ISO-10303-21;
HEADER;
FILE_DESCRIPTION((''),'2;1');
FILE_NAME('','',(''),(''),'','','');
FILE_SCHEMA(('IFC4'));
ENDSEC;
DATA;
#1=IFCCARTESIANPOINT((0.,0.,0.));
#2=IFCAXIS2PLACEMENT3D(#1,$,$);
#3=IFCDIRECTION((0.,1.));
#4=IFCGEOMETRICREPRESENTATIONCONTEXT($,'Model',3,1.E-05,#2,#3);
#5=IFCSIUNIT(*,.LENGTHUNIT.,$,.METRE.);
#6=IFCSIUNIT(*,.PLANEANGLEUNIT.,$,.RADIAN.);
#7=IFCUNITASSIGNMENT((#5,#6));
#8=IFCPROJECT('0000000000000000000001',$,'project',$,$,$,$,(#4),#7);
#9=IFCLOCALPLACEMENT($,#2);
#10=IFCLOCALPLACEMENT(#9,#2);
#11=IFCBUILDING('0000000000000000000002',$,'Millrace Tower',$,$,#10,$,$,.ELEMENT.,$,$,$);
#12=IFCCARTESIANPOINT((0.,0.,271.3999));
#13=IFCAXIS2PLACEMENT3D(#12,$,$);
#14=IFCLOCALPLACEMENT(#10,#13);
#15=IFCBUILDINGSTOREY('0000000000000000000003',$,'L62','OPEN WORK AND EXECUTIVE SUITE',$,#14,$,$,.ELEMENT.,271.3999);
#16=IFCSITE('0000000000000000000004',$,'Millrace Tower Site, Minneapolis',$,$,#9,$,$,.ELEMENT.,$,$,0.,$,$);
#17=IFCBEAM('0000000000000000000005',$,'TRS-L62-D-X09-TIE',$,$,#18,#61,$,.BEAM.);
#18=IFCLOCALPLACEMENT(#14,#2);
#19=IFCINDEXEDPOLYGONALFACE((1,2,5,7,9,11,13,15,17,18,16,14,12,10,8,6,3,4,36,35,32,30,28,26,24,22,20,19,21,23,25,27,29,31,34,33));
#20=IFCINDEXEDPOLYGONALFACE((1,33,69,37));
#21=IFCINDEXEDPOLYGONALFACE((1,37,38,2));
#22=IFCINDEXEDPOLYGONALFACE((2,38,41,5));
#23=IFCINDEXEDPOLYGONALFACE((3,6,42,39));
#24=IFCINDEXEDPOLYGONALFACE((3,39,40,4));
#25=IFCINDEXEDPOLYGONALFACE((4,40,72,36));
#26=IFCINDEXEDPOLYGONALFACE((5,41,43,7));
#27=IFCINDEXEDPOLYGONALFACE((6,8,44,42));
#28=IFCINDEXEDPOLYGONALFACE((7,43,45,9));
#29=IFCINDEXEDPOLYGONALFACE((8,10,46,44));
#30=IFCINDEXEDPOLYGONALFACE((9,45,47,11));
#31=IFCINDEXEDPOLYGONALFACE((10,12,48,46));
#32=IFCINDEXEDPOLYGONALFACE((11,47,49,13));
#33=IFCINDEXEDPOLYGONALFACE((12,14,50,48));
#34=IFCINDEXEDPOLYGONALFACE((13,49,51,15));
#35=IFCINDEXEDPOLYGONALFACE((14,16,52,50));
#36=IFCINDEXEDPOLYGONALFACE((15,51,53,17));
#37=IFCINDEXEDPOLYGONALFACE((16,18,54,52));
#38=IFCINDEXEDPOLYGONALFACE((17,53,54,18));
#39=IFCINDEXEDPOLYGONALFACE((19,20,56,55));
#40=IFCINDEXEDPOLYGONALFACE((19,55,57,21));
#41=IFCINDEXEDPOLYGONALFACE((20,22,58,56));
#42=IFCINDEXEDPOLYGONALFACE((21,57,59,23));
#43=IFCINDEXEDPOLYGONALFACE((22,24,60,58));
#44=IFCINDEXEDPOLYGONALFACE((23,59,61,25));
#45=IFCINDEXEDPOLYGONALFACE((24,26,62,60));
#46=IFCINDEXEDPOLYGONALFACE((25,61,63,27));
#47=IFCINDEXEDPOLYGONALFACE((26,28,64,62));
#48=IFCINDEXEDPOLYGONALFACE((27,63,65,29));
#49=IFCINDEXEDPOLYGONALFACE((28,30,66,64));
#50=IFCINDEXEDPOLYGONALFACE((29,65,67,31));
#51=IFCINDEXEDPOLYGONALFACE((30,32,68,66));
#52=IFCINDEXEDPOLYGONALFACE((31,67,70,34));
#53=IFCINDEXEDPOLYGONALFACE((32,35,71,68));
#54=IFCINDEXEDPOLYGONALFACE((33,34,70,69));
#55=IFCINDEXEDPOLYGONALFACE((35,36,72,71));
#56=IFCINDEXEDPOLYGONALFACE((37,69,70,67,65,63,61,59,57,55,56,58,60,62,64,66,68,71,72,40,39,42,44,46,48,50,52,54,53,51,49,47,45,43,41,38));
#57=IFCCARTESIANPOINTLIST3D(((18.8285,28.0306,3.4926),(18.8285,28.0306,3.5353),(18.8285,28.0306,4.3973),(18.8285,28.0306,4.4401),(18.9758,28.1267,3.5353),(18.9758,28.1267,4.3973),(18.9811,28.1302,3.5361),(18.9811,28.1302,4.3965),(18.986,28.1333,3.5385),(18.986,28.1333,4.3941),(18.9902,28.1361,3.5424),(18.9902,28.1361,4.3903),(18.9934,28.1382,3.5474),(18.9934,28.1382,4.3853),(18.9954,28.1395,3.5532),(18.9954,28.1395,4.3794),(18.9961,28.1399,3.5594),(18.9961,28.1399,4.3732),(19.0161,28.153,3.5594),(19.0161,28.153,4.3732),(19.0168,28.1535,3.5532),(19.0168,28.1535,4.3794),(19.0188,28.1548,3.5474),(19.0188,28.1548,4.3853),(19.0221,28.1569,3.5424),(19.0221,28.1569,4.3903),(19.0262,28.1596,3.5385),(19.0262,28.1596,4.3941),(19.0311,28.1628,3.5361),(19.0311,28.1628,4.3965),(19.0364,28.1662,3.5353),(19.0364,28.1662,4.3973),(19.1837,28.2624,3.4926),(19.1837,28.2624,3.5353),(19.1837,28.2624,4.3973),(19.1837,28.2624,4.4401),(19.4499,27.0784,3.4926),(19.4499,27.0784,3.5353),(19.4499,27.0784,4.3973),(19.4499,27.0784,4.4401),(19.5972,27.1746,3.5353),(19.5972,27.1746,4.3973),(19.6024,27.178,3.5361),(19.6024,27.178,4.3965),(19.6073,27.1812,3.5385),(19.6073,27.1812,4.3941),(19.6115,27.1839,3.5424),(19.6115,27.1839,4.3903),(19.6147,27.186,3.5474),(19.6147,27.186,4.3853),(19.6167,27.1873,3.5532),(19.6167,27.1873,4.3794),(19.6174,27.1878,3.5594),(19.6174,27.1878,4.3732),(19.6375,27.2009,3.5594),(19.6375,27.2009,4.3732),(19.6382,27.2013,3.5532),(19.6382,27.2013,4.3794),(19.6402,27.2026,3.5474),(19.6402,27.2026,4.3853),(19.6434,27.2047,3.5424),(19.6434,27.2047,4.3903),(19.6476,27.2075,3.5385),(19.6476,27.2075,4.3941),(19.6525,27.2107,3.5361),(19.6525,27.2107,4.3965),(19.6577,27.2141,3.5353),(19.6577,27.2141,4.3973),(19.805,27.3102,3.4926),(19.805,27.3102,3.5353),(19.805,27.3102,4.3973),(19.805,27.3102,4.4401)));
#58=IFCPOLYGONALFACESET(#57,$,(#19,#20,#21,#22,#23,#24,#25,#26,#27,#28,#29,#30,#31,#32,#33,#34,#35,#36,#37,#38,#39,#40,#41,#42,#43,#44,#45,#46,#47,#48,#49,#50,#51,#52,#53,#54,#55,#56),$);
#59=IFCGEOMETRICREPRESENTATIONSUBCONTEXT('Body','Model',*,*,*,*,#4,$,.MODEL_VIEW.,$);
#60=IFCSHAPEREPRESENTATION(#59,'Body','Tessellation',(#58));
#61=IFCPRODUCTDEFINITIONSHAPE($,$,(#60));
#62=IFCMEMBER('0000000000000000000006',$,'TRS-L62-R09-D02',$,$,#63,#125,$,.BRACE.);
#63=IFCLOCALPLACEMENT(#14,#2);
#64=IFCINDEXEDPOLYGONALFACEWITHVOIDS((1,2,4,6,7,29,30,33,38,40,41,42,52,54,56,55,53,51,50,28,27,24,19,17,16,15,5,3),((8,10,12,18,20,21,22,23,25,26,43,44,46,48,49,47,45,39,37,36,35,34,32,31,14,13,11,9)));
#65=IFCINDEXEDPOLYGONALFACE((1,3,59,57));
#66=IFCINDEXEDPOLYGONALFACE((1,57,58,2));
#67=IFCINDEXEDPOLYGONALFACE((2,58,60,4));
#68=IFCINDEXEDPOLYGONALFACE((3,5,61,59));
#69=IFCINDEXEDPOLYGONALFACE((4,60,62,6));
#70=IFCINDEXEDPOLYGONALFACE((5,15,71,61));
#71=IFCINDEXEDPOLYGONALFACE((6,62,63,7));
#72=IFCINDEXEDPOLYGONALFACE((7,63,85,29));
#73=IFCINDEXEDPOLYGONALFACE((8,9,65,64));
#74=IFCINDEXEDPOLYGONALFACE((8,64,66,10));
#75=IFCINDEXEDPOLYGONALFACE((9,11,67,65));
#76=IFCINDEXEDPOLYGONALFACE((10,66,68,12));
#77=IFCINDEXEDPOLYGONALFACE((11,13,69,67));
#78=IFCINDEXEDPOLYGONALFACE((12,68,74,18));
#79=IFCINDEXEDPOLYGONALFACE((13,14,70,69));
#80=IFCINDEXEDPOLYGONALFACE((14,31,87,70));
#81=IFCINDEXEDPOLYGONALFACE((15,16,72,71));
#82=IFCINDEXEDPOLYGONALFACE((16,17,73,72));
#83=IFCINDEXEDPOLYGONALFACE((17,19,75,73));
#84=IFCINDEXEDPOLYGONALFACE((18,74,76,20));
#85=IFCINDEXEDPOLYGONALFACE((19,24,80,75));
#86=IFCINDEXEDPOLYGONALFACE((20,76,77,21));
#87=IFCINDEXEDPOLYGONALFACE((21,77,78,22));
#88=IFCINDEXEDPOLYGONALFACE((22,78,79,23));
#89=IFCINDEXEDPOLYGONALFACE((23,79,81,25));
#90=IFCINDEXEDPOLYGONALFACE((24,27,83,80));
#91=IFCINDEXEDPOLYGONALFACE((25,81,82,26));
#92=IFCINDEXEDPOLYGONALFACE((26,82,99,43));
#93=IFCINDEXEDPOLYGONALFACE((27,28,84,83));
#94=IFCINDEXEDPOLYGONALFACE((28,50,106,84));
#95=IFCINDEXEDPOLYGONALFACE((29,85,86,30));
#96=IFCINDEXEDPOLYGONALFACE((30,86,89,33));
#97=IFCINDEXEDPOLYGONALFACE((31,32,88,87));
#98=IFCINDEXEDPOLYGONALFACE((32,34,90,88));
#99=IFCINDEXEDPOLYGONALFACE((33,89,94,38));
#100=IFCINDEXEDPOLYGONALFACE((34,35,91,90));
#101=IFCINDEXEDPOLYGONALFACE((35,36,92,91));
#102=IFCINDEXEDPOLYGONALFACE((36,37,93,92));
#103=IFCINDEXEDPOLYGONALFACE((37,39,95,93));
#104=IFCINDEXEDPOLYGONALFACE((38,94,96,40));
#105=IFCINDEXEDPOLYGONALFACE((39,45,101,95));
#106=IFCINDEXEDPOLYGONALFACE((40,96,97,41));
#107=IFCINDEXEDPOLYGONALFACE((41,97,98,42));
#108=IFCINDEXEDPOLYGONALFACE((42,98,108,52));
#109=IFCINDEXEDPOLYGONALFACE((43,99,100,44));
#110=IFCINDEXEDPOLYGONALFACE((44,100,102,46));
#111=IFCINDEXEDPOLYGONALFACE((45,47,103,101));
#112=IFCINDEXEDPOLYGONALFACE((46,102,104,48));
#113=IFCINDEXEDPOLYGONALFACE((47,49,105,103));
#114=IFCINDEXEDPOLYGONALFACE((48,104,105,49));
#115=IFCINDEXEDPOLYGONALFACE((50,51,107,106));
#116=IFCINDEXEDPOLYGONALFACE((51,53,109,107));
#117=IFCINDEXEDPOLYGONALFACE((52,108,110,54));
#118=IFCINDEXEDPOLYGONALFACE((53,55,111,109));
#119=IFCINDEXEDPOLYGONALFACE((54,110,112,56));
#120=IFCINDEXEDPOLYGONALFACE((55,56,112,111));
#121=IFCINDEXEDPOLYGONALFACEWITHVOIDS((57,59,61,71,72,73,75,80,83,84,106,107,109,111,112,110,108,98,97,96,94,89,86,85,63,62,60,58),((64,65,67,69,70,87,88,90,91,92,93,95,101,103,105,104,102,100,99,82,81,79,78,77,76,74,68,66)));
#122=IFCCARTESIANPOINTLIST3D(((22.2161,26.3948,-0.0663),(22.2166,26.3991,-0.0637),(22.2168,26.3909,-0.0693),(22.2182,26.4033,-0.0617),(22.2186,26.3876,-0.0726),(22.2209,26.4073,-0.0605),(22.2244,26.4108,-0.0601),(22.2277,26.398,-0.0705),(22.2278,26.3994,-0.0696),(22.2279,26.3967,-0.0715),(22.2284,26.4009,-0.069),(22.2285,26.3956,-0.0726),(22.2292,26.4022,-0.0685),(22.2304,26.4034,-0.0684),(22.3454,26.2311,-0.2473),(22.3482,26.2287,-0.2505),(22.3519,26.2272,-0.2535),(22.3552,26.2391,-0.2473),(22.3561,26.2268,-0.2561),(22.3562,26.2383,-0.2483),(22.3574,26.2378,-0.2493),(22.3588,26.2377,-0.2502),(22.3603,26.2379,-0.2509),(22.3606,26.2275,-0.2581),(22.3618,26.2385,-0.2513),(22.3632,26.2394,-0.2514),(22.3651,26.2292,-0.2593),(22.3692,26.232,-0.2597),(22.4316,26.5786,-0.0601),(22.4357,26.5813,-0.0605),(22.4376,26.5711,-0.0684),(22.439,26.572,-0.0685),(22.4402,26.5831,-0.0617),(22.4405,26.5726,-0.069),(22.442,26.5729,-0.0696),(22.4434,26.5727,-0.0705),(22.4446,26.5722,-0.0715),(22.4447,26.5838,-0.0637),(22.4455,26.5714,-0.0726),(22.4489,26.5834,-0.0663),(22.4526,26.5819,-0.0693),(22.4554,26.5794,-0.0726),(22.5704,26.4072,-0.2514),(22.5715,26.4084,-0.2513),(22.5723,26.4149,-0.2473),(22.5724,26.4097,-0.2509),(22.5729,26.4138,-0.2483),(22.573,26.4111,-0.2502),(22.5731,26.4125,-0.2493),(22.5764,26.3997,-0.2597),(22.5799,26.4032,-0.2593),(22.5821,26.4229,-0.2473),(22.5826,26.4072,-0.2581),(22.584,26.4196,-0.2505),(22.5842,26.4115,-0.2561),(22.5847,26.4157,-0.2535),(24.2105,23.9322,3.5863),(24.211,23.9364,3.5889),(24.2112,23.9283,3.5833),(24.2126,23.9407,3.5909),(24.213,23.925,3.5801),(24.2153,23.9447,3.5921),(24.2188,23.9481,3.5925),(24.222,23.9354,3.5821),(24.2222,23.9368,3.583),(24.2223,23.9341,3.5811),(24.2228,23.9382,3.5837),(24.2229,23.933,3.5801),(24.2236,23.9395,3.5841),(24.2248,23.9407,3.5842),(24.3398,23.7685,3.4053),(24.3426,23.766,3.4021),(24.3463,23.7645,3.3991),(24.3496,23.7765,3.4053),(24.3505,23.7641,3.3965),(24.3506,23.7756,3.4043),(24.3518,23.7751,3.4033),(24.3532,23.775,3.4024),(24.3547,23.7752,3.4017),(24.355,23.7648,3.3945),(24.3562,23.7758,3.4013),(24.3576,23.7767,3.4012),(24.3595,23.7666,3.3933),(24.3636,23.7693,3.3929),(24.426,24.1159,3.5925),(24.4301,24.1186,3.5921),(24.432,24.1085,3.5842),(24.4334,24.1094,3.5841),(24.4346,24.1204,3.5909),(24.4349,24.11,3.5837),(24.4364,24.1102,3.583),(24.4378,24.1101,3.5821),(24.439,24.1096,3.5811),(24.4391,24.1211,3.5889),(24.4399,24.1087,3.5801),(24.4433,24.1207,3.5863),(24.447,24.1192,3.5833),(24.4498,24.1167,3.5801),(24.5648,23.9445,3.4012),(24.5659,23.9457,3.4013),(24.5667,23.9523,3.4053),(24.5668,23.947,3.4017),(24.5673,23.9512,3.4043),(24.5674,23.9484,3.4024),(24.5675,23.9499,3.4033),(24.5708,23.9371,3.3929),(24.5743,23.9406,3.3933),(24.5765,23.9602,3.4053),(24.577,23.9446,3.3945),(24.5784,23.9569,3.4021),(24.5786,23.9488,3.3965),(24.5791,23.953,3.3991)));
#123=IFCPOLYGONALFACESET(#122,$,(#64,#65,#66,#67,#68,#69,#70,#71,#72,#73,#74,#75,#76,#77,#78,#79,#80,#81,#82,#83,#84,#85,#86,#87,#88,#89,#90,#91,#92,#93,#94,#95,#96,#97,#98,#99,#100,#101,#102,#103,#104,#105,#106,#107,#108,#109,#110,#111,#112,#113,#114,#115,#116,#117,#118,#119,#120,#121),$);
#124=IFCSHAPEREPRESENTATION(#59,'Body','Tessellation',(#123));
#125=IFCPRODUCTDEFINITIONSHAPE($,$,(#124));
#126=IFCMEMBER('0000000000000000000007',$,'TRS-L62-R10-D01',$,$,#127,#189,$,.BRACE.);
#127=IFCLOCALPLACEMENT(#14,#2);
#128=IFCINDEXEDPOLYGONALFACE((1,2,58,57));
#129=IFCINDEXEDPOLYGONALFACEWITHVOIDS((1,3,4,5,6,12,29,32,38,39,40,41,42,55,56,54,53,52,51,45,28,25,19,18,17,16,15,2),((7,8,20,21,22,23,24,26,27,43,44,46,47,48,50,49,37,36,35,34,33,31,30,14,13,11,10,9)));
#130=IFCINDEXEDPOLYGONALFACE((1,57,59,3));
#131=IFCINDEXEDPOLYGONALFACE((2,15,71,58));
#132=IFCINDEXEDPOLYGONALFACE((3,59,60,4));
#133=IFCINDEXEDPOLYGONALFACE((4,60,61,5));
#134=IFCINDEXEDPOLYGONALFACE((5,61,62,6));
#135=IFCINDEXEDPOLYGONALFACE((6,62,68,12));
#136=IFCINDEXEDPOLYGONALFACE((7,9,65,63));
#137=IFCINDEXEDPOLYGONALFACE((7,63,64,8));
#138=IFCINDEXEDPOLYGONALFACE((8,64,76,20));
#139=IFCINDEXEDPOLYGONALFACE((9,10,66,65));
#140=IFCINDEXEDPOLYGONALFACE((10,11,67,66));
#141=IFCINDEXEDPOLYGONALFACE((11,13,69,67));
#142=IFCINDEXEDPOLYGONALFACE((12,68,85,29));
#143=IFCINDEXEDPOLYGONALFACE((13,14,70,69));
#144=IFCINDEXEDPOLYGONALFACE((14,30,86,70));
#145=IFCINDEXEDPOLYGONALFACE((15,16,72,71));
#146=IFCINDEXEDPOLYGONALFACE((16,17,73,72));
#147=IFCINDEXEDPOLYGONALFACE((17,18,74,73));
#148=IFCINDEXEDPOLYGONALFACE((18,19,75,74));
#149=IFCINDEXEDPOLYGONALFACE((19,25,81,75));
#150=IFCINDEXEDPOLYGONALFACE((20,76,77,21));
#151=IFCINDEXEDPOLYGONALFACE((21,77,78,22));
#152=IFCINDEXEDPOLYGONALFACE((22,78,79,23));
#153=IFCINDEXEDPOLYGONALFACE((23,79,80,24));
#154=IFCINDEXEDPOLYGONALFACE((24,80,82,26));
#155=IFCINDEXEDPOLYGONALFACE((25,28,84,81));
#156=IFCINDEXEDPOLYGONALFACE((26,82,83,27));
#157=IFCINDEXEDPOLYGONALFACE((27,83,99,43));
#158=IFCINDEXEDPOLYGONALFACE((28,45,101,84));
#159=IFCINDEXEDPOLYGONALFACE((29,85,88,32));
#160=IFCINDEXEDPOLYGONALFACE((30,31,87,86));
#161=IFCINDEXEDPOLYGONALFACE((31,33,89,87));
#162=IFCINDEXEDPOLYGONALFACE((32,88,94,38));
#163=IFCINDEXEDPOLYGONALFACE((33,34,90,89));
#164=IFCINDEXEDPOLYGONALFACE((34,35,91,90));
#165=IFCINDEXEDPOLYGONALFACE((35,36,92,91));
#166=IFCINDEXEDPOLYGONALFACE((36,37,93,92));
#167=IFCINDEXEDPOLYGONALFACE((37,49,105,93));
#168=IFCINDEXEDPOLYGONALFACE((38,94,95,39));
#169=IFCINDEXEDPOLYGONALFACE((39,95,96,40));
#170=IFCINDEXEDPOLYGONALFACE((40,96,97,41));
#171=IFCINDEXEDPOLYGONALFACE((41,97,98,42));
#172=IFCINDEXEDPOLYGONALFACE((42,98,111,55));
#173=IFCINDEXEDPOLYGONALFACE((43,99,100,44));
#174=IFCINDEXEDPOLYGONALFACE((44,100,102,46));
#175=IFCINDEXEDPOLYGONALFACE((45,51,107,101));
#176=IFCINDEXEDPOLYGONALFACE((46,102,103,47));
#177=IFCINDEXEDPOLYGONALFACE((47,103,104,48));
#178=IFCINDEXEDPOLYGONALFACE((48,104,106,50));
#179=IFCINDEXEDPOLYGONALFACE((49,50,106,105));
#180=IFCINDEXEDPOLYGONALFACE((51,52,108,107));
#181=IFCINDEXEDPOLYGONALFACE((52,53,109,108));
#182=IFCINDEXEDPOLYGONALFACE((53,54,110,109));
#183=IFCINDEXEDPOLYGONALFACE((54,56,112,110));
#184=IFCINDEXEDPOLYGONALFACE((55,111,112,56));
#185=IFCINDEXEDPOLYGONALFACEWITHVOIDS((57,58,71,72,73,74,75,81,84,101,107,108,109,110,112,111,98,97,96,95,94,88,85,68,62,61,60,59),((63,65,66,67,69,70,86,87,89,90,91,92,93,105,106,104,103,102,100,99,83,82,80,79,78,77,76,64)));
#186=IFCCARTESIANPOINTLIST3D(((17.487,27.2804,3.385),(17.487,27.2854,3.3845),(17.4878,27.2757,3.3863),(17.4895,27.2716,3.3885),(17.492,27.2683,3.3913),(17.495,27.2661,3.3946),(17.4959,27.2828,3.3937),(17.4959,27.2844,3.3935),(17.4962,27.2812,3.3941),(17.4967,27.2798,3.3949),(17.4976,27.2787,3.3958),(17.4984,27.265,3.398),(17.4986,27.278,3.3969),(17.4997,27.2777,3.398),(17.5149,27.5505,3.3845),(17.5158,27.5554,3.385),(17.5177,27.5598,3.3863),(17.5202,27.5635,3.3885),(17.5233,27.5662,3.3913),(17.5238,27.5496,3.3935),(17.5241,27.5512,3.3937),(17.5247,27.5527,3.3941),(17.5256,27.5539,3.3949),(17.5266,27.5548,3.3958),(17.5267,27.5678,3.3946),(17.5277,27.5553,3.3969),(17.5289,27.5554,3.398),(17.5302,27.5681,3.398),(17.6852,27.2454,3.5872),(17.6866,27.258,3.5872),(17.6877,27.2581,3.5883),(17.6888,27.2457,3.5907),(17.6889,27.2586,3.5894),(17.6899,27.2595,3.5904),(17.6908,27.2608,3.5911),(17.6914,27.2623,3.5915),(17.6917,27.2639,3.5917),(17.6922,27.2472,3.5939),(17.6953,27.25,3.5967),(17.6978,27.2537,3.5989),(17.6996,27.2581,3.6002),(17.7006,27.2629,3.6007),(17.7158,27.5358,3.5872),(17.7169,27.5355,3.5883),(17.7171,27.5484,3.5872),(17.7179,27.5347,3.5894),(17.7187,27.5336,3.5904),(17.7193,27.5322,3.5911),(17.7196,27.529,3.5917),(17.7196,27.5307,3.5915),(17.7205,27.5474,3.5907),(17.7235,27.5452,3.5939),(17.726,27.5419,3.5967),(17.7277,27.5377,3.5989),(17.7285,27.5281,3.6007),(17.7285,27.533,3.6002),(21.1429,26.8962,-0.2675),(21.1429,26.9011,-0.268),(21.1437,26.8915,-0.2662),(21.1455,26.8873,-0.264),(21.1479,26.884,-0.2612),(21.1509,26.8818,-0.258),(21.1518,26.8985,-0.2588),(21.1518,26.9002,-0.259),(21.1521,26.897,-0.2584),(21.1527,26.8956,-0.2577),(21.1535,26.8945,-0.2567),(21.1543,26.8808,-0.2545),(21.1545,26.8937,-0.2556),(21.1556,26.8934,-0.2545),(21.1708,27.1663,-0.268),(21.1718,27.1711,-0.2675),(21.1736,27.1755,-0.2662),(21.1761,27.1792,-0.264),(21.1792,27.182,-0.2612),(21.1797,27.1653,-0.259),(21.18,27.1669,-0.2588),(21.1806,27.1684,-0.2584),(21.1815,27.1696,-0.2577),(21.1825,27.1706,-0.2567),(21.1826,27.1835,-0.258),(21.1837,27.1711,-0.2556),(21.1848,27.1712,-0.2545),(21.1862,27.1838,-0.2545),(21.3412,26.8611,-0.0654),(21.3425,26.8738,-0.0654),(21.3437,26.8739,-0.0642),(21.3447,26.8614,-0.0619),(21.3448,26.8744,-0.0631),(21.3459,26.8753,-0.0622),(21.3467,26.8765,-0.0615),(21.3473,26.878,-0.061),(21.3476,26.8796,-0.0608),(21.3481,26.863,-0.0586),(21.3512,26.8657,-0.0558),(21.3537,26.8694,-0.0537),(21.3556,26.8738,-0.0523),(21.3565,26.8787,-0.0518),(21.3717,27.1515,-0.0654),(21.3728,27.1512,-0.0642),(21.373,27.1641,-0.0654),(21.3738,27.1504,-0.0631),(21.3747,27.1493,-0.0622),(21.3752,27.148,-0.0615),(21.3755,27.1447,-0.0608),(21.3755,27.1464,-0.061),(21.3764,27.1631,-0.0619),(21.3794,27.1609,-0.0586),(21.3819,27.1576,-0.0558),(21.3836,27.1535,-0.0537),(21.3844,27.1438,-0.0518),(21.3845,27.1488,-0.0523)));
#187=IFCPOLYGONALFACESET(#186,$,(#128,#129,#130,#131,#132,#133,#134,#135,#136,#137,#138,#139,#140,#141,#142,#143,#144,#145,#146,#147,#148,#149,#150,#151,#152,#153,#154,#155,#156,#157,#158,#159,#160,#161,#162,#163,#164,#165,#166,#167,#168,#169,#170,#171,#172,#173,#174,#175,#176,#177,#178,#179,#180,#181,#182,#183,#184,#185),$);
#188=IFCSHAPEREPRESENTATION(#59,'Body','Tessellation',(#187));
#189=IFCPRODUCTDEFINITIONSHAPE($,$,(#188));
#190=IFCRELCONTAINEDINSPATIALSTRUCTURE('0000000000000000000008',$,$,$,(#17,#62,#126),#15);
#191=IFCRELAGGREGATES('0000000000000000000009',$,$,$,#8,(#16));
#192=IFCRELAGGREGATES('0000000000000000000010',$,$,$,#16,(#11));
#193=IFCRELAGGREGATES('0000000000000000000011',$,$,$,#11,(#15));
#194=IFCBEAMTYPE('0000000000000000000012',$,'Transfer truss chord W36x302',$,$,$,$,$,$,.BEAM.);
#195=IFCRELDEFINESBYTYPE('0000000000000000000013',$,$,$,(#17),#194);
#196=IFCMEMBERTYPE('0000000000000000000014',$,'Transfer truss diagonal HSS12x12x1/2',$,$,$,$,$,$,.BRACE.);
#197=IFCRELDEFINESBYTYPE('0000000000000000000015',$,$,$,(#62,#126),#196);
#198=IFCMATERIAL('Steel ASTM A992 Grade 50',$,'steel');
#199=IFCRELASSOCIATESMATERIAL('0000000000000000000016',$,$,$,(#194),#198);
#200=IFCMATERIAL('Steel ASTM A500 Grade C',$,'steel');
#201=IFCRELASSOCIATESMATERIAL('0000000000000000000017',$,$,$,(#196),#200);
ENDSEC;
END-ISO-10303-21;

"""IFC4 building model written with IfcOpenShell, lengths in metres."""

from ifc_helpers import new_model, si_unit, direction, frame, origin, origin_2d, place, context, subcontext, project, spatial, hollow_rectangle, i_section, extrude, material, material_profile, profile_set, type_object, element, save


model = new_model("IFC4")

# Units and contexts
model_context = context("Model", 3, precision=1e-05, world=origin(), true_north=direction((0.0, 1.0)))
body_context = subcontext(model_context, "Body", "Model", "MODEL_VIEW")
ifc_project = project(units=[si_unit("LENGTHUNIT", "METRE"), si_unit("PLANEANGLEUNIT", "RADIAN")], contexts=[model_context])

# Site, building, storey
site_placement = place(None, origin())
site = spatial("IfcSite", under=ifc_project, at=site_placement, Name="Millrace Tower Site, Minneapolis", CompositionType="ELEMENT", RefElevation=0.0)
building_placement = place(site_placement, origin())
building = spatial("IfcBuilding", under=site, at=building_placement, Name="Millrace Tower", CompositionType="ELEMENT")
storey_placement = place(building_placement, frame((0.0, 0.0, 271.3999)))
storey = spatial("IfcBuildingStorey", under=building, at=storey_placement, Name="L62", Description="OPEN WORK AND EXECUTIVE SUITE", CompositionType="ELEMENT", Elevation=271.3999)

# Beam
ifc_material_1 = material(Name="Steel ASTM A992 Grade 50", Category="steel")
ifc_material_profile_1 = material_profile(ifc_material_1, i_section(OverallWidth=0.4241, OverallDepth=0.9475, WebThickness=0.0239, FlangeThickness=0.0427, FilletRadius=0.0242, at=origin_2d()))
ifc_profile_set_1 = profile_set([ifc_material_profile_1], Name="Steel ASTM A992 Grade 50")
beam_type_1 = type_object("IfcBeamType", Name="Transfer truss chord W36x302", PredefinedType="BEAM", material=ifc_profile_set_1)
beam_1_placement = place(storey_placement, frame((19.0061, 28.1465, 3.9663), z_axis=(0.546497, -0.837461, 0.0), x_axis=(0.837461, 0.546497, 0.0)))
element("IfcBeam", 1, at=beam_1_placement, inside=storey, type_object=beam_type_1, Name="TRS-L62-D-X09-TIE", PredefinedType="BEAM", context=body_context, shape_type="SweptSolid", body=[
    extrude(i_section(OverallWidth=0.4241, OverallDepth=0.9475, WebThickness=0.0239, FlangeThickness=0.0427, FilletRadius=0.0242, at=origin_2d()), origin(), (0.0, 0.0, 1.0), 1.137),
])

# Members
ifc_material_2 = material(Name="Steel ASTM A500 Grade C", Category="steel")
ifc_material_profile_2 = material_profile(ifc_material_2, hollow_rectangle(XDim=0.3047, YDim=0.3047, WallThickness=0.0127, InnerFilletRadius=0.0063, OuterFilletRadius=0.019, at=origin_2d()))
ifc_profile_set_2 = profile_set([ifc_material_profile_2], Name="Steel ASTM A500 Grade C")
member_type_1 = type_object("IfcMemberType", Name="Transfer truss diagonal HSS12x12x1/2", PredefinedType="BRACE", material=ifc_profile_set_2)
member_1_placement = place(storey_placement, frame((22.4004, 26.4053, -0.1599), z_axis=(0.412433, -0.509268, 0.755344), x_axis=(0.777119, 0.629353, 0.0)))
element("IfcMember", 2, at=member_1_placement, inside=storey, type_object=member_type_1, Name="TRS-L62-R09-D02", PredefinedType="BRACE", context=body_context, shape_type="SweptSolid", body=[
    extrude(hollow_rectangle(XDim=0.3047, YDim=0.3047, WallThickness=0.0127, InnerFilletRadius=0.0063, OuterFilletRadius=0.019, at=origin_2d()), origin(), (0.0, 0.0, 1.0), 4.8357),
])
member_2_placement = place(storey_placement, frame((21.2637, 27.0225, -0.1599), z_axis=(-0.70549, 0.074153, 0.70483), x_axis=(-0.104533, -0.994521, 0.0)))
element("IfcMember", 3, at=member_2_placement, inside=storey, type_object=member_type_1, Name="TRS-L62-R10-D01", PredefinedType="BRACE", context=body_context, shape_type="SweptSolid", body=[
    extrude(hollow_rectangle(XDim=0.3047, YDim=0.3047, WallThickness=0.0127, InnerFilletRadius=0.0063, OuterFilletRadius=0.019, at=origin_2d()), origin(), (0.0, 0.0, 1.0), 5.1821),
])

save(model, "model.ifc")
